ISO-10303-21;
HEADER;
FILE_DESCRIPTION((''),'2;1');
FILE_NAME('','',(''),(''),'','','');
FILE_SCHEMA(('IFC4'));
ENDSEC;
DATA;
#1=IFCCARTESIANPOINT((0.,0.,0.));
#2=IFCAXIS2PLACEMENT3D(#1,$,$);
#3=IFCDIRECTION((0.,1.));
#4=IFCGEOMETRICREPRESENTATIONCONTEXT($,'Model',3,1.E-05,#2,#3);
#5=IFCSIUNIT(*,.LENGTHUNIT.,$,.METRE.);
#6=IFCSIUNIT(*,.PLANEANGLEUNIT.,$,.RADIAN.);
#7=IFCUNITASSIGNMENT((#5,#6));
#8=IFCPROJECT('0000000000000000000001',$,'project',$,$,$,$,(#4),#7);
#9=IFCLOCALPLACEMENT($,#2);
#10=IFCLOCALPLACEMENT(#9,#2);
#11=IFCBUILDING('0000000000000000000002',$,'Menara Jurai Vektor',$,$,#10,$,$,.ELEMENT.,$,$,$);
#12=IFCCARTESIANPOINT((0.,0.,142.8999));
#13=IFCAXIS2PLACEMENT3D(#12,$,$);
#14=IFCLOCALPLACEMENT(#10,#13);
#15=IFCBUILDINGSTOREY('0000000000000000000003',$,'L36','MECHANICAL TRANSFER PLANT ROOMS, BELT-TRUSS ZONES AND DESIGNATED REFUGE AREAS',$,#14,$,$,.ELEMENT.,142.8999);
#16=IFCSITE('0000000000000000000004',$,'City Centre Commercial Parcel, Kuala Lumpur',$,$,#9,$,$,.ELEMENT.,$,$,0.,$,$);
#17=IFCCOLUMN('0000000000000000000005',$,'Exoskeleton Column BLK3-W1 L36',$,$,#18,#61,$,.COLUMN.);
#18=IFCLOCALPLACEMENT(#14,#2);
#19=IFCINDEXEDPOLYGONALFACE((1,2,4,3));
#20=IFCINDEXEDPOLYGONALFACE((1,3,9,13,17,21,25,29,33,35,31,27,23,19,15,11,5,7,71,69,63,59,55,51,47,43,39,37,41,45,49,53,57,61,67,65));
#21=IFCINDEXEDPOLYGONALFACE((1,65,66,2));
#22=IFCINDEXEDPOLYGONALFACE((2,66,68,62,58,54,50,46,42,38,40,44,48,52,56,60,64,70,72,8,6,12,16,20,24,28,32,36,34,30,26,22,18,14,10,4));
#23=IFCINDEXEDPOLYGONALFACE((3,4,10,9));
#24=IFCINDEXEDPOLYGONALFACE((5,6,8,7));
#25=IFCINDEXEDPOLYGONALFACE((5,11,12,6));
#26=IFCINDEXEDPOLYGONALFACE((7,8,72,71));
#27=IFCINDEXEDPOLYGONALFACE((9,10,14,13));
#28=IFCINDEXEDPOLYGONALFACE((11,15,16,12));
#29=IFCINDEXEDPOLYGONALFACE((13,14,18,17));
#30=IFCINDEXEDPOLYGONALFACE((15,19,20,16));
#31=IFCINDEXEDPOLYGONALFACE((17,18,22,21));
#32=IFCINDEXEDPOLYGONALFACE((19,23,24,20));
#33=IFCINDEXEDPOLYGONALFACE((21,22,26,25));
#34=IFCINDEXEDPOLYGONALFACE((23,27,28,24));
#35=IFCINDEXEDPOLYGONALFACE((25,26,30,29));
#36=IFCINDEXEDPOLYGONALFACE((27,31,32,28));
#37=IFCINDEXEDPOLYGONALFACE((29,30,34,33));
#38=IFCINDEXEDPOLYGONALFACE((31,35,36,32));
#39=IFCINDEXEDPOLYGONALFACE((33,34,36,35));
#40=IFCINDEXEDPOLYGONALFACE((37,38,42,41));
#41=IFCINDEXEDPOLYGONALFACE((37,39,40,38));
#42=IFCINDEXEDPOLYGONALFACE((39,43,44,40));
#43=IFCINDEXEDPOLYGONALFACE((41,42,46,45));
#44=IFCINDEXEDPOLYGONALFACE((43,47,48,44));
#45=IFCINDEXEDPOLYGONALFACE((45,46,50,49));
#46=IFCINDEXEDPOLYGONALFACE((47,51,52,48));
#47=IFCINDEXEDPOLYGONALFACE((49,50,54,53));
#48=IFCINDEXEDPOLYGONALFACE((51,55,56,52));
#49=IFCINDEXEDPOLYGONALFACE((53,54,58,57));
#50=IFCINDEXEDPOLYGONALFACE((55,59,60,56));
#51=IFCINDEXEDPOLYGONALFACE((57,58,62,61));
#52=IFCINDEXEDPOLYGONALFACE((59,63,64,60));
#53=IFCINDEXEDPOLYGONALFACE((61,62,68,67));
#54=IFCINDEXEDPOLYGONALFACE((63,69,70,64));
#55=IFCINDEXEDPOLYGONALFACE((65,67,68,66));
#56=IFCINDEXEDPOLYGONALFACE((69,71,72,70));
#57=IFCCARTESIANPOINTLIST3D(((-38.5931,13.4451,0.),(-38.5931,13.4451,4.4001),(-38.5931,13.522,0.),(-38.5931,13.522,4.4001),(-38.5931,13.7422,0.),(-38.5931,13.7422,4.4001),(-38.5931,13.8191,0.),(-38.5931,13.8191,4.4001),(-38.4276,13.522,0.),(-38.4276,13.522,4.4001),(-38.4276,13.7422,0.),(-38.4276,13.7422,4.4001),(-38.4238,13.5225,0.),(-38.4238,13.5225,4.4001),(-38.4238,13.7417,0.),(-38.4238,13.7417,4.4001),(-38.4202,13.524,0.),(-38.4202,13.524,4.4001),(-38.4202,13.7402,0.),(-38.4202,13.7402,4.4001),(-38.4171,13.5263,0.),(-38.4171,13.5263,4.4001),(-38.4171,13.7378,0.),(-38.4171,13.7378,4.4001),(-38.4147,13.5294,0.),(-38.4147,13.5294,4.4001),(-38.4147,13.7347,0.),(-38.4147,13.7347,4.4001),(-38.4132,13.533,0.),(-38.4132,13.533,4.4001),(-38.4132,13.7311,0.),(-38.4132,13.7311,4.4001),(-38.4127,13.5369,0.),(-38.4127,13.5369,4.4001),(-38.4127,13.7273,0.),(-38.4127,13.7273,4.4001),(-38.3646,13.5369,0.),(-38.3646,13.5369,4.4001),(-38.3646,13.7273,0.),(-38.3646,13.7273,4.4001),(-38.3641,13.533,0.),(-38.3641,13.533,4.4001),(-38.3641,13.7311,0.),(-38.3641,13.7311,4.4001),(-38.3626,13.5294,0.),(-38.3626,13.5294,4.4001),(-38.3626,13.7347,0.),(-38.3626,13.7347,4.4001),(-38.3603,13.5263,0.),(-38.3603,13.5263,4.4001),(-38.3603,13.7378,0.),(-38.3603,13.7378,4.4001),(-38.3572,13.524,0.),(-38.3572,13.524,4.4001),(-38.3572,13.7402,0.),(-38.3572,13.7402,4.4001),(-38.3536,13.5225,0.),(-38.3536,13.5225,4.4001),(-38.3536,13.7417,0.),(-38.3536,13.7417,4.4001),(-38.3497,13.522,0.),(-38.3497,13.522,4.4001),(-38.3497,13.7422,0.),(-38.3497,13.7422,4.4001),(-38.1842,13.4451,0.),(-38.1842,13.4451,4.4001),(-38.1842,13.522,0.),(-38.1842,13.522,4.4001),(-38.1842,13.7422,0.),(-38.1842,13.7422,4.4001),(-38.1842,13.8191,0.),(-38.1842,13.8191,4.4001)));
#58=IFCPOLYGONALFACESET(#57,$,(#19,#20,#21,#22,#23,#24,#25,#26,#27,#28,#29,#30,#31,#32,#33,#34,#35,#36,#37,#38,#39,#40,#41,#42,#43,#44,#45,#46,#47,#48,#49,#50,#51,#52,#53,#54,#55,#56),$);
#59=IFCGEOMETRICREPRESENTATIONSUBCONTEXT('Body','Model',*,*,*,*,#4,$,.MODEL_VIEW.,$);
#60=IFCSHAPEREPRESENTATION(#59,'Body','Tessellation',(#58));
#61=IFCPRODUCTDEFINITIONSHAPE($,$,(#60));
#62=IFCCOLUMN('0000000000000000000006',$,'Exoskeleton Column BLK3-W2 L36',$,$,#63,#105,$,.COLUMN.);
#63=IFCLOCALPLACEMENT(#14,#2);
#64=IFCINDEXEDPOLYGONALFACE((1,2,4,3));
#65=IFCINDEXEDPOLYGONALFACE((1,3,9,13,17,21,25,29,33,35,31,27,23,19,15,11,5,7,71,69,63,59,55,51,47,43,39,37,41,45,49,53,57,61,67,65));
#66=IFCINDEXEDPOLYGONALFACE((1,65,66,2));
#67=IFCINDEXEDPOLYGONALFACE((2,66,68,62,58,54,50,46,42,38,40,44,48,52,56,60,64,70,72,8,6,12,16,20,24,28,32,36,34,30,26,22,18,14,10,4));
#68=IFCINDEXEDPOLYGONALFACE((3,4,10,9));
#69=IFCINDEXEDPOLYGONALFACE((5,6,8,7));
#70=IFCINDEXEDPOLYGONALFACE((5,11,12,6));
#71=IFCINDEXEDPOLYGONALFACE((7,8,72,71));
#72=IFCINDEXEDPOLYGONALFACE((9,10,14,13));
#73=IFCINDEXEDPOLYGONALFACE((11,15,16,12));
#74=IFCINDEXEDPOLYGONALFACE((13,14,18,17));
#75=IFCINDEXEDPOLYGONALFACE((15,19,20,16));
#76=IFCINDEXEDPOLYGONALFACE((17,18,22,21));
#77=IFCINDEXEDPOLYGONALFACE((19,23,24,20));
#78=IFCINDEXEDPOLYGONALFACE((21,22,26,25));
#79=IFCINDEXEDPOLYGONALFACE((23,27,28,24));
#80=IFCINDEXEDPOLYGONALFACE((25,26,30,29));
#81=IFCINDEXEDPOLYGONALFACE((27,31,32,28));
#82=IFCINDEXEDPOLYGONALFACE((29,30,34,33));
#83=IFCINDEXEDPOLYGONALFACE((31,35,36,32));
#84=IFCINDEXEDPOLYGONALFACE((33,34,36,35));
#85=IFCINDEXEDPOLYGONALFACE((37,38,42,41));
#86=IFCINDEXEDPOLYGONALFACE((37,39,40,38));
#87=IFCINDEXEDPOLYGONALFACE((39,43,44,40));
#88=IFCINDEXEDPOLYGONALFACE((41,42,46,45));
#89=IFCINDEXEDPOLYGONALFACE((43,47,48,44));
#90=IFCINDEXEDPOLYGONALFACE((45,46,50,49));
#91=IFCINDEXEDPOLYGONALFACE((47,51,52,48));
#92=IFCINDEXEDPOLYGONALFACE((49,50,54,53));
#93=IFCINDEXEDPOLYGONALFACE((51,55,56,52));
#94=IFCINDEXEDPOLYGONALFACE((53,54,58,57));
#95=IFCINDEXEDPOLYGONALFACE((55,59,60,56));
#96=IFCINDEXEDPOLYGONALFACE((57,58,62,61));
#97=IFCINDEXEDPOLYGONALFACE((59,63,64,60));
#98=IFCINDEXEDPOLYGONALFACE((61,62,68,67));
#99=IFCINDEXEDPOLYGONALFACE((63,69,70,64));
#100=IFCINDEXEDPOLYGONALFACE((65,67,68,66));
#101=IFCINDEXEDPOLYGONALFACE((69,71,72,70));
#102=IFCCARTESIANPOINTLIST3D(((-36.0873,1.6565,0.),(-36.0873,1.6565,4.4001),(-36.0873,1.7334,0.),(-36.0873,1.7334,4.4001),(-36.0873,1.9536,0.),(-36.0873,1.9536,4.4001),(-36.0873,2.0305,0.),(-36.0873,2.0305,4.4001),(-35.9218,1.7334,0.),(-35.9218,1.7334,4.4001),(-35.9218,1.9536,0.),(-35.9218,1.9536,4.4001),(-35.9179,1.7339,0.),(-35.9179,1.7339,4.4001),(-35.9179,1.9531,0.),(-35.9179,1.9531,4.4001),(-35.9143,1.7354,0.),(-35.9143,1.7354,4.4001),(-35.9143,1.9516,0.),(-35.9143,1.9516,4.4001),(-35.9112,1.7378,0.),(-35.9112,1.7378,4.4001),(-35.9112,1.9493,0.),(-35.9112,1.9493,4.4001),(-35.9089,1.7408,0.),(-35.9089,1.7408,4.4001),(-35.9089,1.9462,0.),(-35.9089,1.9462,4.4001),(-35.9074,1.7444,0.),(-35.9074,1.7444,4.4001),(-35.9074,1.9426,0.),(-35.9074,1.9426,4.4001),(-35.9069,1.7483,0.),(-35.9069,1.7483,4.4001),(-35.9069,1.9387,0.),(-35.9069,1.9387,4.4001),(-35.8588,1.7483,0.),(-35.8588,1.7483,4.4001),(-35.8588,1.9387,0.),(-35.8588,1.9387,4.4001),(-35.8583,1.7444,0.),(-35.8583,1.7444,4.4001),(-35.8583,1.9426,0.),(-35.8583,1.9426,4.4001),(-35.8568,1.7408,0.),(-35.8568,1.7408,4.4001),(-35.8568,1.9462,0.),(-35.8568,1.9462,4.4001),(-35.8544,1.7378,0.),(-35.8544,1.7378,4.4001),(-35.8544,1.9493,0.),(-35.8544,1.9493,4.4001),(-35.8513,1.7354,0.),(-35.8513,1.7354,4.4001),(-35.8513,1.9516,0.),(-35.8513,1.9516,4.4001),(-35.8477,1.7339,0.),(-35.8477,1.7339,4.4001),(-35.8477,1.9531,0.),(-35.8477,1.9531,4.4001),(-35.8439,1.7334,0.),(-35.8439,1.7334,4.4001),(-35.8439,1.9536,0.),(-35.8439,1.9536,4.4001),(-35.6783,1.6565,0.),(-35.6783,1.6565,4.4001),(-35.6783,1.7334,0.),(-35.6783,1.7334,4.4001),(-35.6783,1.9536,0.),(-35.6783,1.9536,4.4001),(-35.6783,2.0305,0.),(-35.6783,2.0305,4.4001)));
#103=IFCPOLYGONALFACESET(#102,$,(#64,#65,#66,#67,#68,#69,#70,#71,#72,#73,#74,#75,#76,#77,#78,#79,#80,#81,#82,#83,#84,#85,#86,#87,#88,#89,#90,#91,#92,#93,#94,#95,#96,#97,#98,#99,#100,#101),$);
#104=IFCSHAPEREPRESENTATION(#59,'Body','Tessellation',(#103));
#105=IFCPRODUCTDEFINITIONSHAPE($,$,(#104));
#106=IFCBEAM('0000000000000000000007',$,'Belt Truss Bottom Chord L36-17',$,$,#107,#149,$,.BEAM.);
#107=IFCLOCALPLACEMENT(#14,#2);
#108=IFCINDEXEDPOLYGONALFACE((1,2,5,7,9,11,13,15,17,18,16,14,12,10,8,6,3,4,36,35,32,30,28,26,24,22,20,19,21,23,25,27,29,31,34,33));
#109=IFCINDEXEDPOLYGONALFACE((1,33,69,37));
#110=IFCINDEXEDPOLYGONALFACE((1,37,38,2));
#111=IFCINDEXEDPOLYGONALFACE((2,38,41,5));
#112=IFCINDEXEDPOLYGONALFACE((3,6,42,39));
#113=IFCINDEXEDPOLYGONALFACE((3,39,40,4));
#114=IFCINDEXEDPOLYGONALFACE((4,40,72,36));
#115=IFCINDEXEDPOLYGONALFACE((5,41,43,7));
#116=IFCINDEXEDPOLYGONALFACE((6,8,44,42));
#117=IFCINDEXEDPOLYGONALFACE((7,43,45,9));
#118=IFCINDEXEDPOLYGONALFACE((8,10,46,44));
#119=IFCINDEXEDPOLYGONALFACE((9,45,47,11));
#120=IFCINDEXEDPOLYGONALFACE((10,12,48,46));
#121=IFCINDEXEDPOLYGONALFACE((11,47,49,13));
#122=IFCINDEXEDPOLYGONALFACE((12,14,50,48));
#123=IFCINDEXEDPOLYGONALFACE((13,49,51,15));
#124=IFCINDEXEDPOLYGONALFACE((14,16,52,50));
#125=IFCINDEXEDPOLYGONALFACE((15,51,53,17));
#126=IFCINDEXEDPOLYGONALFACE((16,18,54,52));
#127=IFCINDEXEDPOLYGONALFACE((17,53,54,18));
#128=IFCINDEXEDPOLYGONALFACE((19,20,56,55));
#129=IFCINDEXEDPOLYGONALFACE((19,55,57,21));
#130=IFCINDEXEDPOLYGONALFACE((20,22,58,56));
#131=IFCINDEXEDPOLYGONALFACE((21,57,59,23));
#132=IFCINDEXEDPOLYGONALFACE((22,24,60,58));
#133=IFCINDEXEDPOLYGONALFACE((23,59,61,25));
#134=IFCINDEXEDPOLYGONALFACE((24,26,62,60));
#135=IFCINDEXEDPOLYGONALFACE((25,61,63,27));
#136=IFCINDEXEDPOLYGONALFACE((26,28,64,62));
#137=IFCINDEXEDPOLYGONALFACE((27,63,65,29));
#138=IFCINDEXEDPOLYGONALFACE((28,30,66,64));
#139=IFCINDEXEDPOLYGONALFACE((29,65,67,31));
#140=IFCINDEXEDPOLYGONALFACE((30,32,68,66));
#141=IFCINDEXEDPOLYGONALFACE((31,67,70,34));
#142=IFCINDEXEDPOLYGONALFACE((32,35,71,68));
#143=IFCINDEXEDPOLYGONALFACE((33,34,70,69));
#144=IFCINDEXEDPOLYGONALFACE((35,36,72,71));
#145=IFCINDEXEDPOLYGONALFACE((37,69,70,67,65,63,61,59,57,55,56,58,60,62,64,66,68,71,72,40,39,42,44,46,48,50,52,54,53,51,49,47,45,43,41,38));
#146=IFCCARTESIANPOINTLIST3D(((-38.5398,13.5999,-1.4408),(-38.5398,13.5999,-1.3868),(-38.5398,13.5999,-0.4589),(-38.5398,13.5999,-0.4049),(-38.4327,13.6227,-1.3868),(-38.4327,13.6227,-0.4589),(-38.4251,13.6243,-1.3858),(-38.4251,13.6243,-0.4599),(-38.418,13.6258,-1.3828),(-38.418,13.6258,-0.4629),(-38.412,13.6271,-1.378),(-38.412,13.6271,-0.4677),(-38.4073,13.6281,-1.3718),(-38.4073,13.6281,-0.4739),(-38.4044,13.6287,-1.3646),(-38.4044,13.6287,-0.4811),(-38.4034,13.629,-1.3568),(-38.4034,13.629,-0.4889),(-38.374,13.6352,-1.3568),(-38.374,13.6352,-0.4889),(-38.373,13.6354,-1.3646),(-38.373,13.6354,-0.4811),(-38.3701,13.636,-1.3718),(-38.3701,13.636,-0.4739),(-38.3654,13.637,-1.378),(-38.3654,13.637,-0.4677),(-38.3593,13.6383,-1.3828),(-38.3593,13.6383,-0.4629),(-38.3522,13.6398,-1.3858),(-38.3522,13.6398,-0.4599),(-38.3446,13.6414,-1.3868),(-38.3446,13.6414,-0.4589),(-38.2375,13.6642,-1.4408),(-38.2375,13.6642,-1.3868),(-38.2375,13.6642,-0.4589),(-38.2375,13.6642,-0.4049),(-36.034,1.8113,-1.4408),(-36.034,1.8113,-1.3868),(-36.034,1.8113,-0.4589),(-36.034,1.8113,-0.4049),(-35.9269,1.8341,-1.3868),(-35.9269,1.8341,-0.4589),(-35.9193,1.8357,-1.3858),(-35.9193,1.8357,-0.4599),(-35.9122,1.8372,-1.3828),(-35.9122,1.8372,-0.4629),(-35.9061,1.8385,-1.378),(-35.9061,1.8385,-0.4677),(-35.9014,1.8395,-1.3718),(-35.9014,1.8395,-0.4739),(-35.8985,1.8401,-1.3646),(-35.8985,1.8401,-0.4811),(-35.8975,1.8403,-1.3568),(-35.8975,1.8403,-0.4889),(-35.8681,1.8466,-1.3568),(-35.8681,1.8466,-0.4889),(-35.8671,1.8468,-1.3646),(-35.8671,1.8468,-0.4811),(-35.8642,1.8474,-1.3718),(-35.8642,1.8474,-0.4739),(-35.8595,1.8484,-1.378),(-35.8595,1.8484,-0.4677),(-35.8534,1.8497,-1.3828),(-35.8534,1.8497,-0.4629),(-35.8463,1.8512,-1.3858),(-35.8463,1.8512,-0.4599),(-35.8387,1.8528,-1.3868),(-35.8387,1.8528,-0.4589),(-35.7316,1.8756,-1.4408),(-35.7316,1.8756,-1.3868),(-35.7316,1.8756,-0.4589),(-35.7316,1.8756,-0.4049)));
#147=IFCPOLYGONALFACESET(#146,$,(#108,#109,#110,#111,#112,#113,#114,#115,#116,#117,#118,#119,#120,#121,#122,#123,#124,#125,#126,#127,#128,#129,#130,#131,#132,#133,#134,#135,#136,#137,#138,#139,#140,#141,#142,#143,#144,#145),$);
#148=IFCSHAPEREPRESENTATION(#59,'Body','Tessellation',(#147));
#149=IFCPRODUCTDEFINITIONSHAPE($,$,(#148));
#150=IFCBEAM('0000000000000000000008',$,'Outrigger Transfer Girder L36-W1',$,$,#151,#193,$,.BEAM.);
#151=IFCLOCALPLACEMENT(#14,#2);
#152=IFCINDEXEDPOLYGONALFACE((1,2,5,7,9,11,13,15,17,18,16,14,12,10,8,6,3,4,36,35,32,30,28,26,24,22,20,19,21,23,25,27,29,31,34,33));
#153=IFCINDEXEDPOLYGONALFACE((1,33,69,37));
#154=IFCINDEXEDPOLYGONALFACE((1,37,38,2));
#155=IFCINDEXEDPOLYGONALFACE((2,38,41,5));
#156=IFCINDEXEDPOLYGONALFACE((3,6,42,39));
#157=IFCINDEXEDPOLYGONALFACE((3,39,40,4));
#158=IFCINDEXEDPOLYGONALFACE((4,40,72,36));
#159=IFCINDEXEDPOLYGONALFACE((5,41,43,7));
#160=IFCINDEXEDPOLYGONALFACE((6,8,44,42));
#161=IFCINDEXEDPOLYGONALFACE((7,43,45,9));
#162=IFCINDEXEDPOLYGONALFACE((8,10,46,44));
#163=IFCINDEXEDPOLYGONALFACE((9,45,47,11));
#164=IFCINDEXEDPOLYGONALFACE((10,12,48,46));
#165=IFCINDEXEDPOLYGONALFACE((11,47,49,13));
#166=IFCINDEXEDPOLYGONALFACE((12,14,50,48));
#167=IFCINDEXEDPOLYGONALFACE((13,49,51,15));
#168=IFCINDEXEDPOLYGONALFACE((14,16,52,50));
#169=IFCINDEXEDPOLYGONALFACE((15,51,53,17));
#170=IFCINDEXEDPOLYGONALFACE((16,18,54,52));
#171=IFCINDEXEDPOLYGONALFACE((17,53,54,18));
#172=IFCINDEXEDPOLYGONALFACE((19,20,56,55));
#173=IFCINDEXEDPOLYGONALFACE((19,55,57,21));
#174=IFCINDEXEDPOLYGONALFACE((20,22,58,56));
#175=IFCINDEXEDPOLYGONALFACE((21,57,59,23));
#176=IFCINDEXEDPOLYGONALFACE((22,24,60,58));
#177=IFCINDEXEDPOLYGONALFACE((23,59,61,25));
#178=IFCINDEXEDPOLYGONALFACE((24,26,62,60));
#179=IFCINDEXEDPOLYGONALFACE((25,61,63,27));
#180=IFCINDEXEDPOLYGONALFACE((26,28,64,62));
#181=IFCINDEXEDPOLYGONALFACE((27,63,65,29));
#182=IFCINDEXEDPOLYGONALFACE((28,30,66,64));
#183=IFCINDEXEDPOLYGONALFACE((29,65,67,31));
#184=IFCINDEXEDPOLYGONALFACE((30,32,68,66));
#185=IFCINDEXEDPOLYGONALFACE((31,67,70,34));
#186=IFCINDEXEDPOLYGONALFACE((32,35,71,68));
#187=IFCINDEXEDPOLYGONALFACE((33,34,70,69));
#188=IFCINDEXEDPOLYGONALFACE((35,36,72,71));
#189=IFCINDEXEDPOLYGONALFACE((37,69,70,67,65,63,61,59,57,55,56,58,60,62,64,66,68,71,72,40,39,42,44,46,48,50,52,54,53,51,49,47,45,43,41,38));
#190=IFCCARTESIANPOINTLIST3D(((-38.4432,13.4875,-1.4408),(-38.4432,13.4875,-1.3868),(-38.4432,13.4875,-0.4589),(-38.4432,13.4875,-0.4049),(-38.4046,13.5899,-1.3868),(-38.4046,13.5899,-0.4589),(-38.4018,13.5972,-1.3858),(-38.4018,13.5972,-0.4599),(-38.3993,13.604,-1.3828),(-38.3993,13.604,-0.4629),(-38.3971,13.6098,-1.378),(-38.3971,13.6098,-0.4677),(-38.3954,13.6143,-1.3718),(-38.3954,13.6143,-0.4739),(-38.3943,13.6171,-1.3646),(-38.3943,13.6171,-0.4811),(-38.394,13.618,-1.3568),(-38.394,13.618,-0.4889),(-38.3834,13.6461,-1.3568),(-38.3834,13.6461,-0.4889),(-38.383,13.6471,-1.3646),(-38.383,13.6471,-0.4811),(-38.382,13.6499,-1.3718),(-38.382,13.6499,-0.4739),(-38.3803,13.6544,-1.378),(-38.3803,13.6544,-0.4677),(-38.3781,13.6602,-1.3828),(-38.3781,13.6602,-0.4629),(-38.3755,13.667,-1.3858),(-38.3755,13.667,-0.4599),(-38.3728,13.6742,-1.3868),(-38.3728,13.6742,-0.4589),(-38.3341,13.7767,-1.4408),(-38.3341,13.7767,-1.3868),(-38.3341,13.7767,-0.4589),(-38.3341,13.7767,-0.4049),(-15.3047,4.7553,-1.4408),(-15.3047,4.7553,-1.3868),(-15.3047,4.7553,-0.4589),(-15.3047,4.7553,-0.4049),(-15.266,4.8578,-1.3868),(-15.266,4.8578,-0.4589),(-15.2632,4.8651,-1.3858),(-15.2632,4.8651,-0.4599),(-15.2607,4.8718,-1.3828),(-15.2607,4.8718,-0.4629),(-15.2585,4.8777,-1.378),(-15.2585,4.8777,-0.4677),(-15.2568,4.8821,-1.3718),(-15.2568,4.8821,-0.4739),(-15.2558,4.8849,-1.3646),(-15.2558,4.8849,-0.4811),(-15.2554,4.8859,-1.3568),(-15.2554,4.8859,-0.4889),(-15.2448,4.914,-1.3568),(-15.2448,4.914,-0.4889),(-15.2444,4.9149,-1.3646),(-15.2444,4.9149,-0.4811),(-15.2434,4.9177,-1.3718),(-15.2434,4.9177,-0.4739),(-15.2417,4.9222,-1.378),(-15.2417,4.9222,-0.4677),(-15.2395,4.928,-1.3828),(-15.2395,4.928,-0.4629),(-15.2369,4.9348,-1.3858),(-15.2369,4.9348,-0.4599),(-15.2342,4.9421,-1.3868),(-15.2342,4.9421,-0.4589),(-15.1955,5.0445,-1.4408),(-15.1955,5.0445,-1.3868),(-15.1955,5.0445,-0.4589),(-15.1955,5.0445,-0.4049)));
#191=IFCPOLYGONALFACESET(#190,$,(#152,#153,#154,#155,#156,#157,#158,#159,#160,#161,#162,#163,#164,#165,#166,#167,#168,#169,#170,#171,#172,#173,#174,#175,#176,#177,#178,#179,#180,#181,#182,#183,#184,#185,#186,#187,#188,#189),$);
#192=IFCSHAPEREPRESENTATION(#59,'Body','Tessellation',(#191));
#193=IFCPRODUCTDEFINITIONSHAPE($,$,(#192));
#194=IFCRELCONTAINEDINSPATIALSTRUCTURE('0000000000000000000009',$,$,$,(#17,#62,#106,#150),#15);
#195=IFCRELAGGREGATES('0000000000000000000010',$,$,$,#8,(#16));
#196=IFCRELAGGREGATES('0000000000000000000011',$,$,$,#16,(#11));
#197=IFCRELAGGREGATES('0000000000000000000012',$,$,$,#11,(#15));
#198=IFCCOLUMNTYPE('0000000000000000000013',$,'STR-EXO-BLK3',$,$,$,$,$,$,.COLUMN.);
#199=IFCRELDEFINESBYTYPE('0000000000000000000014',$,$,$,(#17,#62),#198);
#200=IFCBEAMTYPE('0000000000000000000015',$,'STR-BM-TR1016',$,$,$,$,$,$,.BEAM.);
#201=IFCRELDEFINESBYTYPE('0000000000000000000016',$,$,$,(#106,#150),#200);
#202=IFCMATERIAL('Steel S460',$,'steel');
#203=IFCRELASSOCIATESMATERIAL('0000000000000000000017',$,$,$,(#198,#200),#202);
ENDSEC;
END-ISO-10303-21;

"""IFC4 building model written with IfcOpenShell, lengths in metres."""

from ifc_helpers import new_model, si_unit, direction, frame, origin, origin_2d, place, context, subcontext, project, spatial, i_section, extrude, material, material_profile, profile_set, type_object, element, save


model = new_model("IFC4")

# Units and contexts
model_context = context("Model", 3, precision=1e-05, world=origin(), true_north=direction((0.0, 1.0)))
body_context = subcontext(model_context, "Body", "Model", "MODEL_VIEW")
ifc_project = project(units=[si_unit("LENGTHUNIT", "METRE"), si_unit("PLANEANGLEUNIT", "RADIAN")], contexts=[model_context])

# Site, building, storey
site_placement = place(None, origin())
site = spatial("IfcSite", under=ifc_project, at=site_placement, Name="City Centre Commercial Parcel, Kuala Lumpur", CompositionType="ELEMENT", RefElevation=0.0)
building_placement = place(site_placement, origin())
building = spatial("IfcBuilding", under=site, at=building_placement, Name="Menara Jurai Vektor", CompositionType="ELEMENT")
storey_placement = place(building_placement, frame((0.0, 0.0, 142.8999)))
storey = spatial("IfcBuildingStorey", under=building, at=storey_placement, Name="L36", Description="MECHANICAL TRANSFER PLANT ROOMS, BELT-TRUSS ZONES AND DESIGNATED REFUGE AREAS", CompositionType="ELEMENT", Elevation=142.8999)

# Columns
ifc_material_1 = material(Name="Steel S460", Category="steel")
ifc_material_profile_1 = material_profile(ifc_material_1, i_section(OverallWidth=0.4089, OverallDepth=0.374, WebThickness=0.0481, FlangeThickness=0.0769, FilletRadius=0.0149, at=origin_2d()), Name="HD 400x634")
ifc_profile_set_1 = profile_set([ifc_material_profile_1], Name="Steel S460")
column_type = type_object("IfcColumnType", Name="STR-EXO-BLK3", PredefinedType="COLUMN", material=ifc_profile_set_1)
for number, where, z_axis, x_axis, name in (
    (1, (-38.3887, 13.6321, 0.0), (0.0, 0.0, 1.0), (1.0, 0.0, 0.0), "Exoskeleton Column BLK3-W1 L36"),
    (2, (-35.8828, 1.8435, 0.0), (0.0, 0.0, 1.0), (1.0, 0.0, 0.0), "Exoskeleton Column BLK3-W2 L36"),
):
    element("IfcColumn", number, at=place(storey_placement, frame(where, z_axis=z_axis, x_axis=x_axis)), inside=storey, type_object=column_type, Name=name, PredefinedType="COLUMN", context=body_context, shape_type="SweptSolid", body=[
        extrude(i_section(OverallWidth=0.4089, OverallDepth=0.374, WebThickness=0.0481, FlangeThickness=0.0769, FilletRadius=0.0149, at=origin_2d()), origin(), (0.0, 0.0, 1.0), 4.4001),
    ])

# Beams
ifc_material_profile_2 = material_profile(ifc_material_1, i_section(OverallWidth=0.3091, OverallDepth=1.0359, WebThickness=0.03, FlangeThickness=0.054, FilletRadius=0.03, at=origin_2d()), Name="UKB 1016x305x487")
ifc_profile_set_2 = profile_set([ifc_material_profile_2], Name="Steel S460")
beam_type_1 = type_object("IfcBeamType", Name="STR-BM-TR1016", PredefinedType="BEAM", material=ifc_profile_set_2)
beam_1_placement = place(storey_placement, frame((-38.3887, 13.6321, -0.9229), z_axis=(0.207921, -0.978146, 0.0), x_axis=(0.978146, 0.207921, 0.0)))
element("IfcBeam", 3, at=beam_1_placement, inside=storey, type_object=beam_type_1, Name="Belt Truss Bottom Chord L36-17", PredefinedType="BEAM", context=body_context, shape_type="SweptSolid", body=[
    extrude(i_section(OverallWidth=0.3091, OverallDepth=1.0359, WebThickness=0.03, FlangeThickness=0.054, FilletRadius=0.03, at=origin_2d()), origin(), (0.0, 0.0, 1.0), 12.052),
])
beam_2_placement = place(storey_placement, frame((-38.3887, 13.6321, -0.9229), z_axis=(0.935594, -0.353079, 0.0), x_axis=(0.353079, 0.935594, 0.0)))
element("IfcBeam", 4, at=beam_2_placement, inside=storey, type_object=beam_type_1, Name="Outrigger Transfer Girder L36-W1", PredefinedType="BEAM", context=body_context, shape_type="SweptSolid", body=[
    extrude(i_section(OverallWidth=0.3091, OverallDepth=1.0359, WebThickness=0.03, FlangeThickness=0.054, FilletRadius=0.03, at=origin_2d()), origin(), (0.0, 0.0, 1.0), 24.7314),
])

save(model, "model.ifc")
